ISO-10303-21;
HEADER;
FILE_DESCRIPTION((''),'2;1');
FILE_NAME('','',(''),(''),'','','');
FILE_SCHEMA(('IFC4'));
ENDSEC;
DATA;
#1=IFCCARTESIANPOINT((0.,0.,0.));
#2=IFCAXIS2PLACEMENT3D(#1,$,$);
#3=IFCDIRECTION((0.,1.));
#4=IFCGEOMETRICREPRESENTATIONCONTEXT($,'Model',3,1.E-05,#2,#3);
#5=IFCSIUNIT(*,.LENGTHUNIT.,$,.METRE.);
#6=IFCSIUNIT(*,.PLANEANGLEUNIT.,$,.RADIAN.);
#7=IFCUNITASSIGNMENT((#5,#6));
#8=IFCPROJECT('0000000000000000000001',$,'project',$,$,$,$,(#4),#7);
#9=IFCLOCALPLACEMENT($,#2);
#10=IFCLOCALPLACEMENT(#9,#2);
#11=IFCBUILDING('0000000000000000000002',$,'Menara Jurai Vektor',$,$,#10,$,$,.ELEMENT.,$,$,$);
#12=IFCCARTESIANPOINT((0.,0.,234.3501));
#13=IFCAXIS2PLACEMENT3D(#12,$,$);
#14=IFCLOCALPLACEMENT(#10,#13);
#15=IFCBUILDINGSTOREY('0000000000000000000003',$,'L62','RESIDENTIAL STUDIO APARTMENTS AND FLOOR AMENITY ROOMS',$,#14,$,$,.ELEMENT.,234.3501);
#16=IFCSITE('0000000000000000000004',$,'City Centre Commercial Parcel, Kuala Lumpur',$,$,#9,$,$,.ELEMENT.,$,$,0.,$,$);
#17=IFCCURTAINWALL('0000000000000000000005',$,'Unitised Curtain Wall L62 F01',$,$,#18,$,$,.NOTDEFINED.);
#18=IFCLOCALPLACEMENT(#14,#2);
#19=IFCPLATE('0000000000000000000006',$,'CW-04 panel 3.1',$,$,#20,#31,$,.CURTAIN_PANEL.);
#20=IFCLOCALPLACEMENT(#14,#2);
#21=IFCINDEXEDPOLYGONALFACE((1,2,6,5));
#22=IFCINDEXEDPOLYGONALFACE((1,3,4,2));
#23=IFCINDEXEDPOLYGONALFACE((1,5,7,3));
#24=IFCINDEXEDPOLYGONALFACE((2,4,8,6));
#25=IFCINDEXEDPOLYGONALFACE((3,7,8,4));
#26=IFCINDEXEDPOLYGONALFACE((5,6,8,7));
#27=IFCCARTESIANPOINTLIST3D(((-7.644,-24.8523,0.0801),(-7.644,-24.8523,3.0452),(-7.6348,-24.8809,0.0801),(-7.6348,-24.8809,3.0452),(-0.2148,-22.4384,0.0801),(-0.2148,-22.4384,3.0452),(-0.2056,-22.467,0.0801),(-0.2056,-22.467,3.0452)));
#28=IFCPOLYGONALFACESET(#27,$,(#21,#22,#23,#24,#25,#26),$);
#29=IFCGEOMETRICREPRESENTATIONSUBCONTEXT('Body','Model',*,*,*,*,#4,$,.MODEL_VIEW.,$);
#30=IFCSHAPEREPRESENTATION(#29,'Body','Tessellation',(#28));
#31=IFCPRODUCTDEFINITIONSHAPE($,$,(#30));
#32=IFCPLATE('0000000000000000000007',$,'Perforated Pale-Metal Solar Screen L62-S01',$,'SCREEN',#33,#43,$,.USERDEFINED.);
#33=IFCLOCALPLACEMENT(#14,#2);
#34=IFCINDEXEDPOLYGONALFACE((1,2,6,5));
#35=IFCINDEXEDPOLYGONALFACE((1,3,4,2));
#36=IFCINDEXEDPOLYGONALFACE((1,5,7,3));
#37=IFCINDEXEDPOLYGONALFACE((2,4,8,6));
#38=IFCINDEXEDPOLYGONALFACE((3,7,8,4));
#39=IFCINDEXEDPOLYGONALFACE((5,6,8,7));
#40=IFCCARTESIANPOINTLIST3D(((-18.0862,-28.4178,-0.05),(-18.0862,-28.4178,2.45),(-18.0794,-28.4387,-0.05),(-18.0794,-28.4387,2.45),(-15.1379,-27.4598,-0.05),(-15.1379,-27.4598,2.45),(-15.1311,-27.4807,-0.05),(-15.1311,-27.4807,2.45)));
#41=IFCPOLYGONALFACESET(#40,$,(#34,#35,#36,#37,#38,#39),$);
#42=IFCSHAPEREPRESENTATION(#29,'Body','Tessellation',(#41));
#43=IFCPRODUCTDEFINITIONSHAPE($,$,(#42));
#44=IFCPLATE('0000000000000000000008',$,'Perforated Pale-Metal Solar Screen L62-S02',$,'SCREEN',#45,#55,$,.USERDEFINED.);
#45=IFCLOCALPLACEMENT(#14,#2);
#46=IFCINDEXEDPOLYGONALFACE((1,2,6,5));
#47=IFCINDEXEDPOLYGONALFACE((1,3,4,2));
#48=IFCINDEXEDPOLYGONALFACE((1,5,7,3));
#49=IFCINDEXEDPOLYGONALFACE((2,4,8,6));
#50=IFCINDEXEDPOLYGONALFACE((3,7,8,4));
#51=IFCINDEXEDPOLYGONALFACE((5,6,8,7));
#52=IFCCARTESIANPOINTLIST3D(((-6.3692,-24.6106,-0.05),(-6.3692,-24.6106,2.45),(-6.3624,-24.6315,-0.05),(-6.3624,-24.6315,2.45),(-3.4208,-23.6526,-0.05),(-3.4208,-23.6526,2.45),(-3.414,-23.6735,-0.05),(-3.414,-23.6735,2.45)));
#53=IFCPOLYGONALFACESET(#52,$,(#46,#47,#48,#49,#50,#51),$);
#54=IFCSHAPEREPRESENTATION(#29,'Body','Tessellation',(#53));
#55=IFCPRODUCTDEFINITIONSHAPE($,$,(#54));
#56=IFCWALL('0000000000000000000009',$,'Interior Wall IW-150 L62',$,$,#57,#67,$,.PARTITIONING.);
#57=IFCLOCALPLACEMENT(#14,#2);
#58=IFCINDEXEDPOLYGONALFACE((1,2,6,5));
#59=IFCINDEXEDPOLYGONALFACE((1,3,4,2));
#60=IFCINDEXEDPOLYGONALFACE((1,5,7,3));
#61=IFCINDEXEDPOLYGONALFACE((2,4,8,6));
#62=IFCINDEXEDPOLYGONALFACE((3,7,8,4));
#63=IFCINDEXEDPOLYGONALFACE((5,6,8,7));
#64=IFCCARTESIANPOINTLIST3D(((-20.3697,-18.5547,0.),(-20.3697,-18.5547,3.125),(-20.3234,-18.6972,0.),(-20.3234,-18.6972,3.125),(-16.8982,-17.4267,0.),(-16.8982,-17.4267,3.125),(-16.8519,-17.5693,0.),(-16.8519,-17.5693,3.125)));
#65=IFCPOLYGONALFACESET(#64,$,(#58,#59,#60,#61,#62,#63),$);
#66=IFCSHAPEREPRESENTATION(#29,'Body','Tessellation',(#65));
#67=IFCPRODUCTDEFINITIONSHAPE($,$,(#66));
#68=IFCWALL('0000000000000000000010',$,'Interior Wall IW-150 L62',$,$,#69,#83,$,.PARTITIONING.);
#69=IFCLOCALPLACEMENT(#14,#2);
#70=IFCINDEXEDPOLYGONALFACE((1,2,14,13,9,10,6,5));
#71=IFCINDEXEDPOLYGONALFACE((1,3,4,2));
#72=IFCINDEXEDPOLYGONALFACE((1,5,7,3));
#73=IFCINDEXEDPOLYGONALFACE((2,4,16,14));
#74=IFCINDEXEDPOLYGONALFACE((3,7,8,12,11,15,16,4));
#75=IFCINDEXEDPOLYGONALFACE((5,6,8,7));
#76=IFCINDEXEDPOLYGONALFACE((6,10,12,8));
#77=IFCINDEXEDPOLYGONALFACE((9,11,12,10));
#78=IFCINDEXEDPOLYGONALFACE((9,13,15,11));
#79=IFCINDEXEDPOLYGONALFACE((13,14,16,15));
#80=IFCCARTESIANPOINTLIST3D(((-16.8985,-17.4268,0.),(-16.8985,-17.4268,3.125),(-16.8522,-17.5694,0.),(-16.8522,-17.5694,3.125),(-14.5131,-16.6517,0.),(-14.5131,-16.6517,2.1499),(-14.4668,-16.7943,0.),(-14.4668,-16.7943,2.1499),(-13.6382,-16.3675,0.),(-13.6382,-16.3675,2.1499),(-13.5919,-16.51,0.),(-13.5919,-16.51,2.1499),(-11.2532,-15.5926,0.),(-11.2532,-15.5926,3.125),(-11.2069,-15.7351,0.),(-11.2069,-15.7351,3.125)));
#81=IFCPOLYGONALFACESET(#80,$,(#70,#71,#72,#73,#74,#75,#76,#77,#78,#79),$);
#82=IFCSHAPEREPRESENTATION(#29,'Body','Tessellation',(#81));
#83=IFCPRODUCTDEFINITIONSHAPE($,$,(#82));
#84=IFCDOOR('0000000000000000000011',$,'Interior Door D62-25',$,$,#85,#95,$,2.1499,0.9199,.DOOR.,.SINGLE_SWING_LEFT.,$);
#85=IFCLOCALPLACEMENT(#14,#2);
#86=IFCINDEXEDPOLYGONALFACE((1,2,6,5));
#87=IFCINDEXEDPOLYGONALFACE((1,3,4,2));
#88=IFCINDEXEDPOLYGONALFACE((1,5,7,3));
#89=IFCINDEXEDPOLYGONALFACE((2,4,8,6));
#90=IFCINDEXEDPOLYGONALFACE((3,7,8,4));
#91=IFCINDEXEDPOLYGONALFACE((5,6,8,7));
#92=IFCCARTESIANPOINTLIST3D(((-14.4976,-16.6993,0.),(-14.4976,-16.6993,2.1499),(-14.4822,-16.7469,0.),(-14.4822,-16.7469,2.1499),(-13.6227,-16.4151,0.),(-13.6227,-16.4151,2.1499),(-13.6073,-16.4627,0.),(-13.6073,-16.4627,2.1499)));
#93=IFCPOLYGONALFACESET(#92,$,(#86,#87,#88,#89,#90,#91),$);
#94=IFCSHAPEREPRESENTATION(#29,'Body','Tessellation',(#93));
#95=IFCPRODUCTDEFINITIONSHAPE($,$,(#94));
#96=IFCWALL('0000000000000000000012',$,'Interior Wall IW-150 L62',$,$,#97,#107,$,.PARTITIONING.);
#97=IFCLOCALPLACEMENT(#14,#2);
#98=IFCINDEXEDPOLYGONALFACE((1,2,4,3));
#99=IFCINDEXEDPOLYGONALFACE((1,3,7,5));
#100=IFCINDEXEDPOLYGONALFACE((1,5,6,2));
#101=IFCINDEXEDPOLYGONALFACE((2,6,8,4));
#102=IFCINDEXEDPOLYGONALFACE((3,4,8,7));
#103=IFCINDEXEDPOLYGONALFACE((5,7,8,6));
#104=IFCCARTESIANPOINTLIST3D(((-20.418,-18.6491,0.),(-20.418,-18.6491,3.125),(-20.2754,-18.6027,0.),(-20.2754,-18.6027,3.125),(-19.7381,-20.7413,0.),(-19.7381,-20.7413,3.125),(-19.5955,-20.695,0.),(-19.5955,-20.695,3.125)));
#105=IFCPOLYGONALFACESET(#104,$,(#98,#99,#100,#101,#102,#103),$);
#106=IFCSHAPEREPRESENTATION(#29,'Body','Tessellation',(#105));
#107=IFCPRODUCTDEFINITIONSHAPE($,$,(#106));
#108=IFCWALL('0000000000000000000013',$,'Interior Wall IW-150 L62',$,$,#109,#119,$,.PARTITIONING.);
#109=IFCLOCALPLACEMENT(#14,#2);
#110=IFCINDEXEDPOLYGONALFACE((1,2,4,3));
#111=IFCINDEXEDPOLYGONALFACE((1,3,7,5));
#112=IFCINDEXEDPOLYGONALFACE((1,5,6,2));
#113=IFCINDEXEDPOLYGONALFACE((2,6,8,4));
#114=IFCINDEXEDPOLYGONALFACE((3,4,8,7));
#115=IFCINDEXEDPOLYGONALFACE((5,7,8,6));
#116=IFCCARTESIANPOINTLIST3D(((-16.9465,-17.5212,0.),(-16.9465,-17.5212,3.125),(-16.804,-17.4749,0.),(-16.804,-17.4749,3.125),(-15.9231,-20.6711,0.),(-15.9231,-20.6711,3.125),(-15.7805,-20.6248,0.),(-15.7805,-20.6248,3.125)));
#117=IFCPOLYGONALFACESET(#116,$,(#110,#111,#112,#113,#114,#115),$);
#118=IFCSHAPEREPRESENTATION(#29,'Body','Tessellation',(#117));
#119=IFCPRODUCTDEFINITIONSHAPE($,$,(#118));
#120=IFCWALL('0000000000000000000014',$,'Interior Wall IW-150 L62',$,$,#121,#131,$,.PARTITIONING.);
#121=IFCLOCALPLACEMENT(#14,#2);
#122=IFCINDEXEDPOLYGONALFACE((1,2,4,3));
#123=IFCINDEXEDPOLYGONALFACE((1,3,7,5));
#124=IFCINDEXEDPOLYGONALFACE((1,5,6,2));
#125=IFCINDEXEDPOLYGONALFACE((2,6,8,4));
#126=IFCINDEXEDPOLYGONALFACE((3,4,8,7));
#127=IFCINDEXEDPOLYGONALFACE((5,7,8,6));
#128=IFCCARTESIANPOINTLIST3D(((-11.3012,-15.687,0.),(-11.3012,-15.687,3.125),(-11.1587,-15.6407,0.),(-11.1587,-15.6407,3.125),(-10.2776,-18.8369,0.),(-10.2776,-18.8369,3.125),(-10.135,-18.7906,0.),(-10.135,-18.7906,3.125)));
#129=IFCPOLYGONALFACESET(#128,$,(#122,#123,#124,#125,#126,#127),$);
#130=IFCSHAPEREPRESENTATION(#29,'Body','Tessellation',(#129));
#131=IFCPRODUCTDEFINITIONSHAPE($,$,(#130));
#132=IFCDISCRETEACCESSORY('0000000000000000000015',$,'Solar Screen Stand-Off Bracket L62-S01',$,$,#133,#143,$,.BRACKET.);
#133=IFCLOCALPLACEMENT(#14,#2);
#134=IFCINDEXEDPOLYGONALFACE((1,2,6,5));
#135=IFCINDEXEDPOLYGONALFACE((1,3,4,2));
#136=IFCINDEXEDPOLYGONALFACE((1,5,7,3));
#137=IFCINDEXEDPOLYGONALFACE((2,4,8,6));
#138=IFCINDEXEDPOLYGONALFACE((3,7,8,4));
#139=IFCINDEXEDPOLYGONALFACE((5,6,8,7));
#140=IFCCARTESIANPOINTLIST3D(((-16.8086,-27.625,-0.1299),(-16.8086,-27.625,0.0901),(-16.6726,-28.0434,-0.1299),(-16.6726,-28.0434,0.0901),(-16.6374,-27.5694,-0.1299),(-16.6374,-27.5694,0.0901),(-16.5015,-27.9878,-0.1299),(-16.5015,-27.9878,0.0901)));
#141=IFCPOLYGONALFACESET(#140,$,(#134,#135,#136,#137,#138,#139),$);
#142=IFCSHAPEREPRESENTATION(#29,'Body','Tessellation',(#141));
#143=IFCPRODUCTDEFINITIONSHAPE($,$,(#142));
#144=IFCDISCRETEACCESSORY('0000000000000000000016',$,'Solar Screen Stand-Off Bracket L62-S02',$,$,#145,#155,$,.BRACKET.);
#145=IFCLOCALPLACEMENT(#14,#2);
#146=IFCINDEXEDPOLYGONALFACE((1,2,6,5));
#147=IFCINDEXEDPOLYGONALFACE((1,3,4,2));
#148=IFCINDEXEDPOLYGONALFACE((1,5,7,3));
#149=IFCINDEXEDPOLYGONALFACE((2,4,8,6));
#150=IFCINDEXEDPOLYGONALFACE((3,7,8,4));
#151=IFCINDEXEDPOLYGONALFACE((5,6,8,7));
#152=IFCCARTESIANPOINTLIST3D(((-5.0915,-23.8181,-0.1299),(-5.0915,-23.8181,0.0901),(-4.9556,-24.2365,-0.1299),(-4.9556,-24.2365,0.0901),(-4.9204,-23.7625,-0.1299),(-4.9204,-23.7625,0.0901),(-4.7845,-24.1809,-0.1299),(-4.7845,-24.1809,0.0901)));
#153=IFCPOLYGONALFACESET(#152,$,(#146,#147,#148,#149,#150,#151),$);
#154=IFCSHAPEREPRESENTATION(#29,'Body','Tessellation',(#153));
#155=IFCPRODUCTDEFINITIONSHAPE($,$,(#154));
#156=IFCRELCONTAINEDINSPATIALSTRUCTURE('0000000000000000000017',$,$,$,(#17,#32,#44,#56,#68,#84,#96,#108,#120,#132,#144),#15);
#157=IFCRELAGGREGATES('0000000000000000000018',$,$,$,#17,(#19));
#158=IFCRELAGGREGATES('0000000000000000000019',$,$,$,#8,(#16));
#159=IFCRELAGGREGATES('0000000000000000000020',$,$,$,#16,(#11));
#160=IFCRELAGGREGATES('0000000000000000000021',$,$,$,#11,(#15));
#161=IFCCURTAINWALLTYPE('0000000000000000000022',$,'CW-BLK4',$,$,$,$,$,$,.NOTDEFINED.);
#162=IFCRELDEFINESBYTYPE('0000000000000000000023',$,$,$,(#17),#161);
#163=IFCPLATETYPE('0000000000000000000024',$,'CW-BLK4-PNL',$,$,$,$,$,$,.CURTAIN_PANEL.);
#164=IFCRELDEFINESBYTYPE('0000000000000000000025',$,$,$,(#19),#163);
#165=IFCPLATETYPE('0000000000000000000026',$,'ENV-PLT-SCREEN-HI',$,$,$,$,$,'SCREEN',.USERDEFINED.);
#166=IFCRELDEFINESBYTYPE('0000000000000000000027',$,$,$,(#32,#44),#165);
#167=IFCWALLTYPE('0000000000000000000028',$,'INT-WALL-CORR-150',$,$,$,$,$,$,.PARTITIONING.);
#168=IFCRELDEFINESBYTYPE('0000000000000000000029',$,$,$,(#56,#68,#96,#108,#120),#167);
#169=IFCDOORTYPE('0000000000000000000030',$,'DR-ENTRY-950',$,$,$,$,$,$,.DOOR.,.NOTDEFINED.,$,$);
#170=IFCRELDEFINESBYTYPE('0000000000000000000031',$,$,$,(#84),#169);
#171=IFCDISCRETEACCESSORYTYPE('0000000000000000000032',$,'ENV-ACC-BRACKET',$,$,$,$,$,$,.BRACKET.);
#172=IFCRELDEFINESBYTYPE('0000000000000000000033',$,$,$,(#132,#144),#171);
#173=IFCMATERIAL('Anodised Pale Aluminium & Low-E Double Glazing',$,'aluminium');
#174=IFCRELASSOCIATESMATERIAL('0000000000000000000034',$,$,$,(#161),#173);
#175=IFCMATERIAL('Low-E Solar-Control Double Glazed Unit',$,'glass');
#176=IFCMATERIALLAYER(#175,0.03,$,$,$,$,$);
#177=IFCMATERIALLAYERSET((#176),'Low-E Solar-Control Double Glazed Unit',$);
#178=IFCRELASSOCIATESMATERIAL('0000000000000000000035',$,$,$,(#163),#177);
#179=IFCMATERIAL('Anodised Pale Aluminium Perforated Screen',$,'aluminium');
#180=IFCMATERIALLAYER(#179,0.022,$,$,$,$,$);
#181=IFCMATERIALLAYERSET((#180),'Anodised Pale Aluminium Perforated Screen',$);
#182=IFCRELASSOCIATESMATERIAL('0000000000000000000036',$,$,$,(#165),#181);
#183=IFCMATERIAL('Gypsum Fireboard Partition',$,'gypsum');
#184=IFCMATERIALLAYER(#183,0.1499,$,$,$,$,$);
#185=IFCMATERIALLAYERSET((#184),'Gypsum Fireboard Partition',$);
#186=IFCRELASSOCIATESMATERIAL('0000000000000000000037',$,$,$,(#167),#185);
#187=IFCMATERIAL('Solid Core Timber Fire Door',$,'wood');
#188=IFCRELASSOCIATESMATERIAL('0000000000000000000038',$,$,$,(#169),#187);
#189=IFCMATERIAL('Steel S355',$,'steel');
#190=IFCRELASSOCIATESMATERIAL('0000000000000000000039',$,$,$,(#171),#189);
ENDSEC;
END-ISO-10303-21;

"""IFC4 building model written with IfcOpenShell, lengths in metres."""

from ifc_helpers import new_model, si_unit, direction, frame, frame_2d, origin, origin_2d, place, context, subcontext, project, spatial, rectangle, extrude, material, layer, layer_set, type_object, element, fill, aggregate, save


model = new_model("IFC4")

# Units and contexts
model_context = context("Model", 3, precision=1e-05, world=origin(), true_north=direction((0.0, 1.0)))
body_context = subcontext(model_context, "Body", "Model", "MODEL_VIEW")
ifc_project = project(units=[si_unit("LENGTHUNIT", "METRE"), si_unit("PLANEANGLEUNIT", "RADIAN")], contexts=[model_context])

# Site, building, storey
site_placement = place(None, origin())
site = spatial("IfcSite", under=ifc_project, at=site_placement, Name="City Centre Commercial Parcel, Kuala Lumpur", CompositionType="ELEMENT", RefElevation=0.0)
building_placement = place(site_placement, origin())
building = spatial("IfcBuilding", under=site, at=building_placement, Name="Menara Jurai Vektor", CompositionType="ELEMENT")
storey_placement = place(building_placement, frame((0.0, 0.0, 234.3501)))
storey = spatial("IfcBuildingStorey", under=building, at=storey_placement, Name="L62", Description="RESIDENTIAL STUDIO APARTMENTS AND FLOOR AMENITY ROOMS", CompositionType="ELEMENT", Elevation=234.3501)

# Curtain wall
ifc_material_1 = material(Name="Anodised Pale Aluminium & Low-E Double Glazing", Category="aluminium")
curtain_wall_type = type_object("IfcCurtainWallType", Name="CW-BLK4", PredefinedType="NOTDEFINED", material=ifc_material_1)
curtain_wall_placement = place(storey_placement, origin())
curtain_wall = element("IfcCurtainWall", 1, at=curtain_wall_placement, inside=storey, type_object=curtain_wall_type, Name="Unitised Curtain Wall L62 F01", PredefinedType="NOTDEFINED")

# Shared definitions
ifc_material_2 = material(Name="Steel S355", Category="steel")

# Plate
ifc_material_3 = material(Name="Low-E Solar-Control Double Glazed Unit", Category="glass")
ifc_layer_1 = layer(ifc_material_3, 0.03)
ifc_layer_set_1 = layer_set([ifc_layer_1], Name="Low-E Solar-Control Double Glazed Unit")
plate_type_1 = type_object("IfcPlateType", Name="CW-BLK4-PNL", PredefinedType="CURTAIN_PANEL", material=ifc_layer_set_1)
plate_1_placement = place(storey_placement, frame((-3.9248, -23.6597, 0.0801), z_axis=(0.0, 0.0, 1.0), x_axis=(0.951056, 0.309017, 0.0)))
plate_1 = element("IfcPlate", 2, at=plate_1_placement, type_object=plate_type_1, Name="CW-04 panel 3.1", PredefinedType="CURTAIN_PANEL", context=body_context, shape_type="SweptSolid", body=[
    extrude(rectangle(XDim=7.8115, YDim=0.03, at=origin_2d()), origin(), (0.0, 0.0, 1.0), 2.9651),
])
aggregate(curtain_wall, [plate_1])

# Plates
ifc_material_4 = material(Name="Anodised Pale Aluminium Perforated Screen", Category="aluminium")
ifc_layer_2 = layer(ifc_material_4, 0.022)
ifc_layer_set_2 = layer_set([ifc_layer_2], Name="Anodised Pale Aluminium Perforated Screen")
plate_type_2 = type_object("IfcPlateType", Name="ENV-PLT-SCREEN-HI", ElementType="SCREEN", PredefinedType="USERDEFINED", material=ifc_layer_set_2)
for number, where, z_axis, x_axis, name in (
    (3, (-16.6086, -27.9492, -0.05), (0.0, 0.0, 1.0), (0.951057, 0.309017, 0.0), "Perforated Pale-Metal Solar Screen L62-S01"),
    (4, (-4.8916, -24.1421, -0.05), (0.0, 0.0, 1.0), (0.951057, 0.309017, 0.0), "Perforated Pale-Metal Solar Screen L62-S02"),
):
    element("IfcPlate", number, at=place(storey_placement, frame(where, z_axis=z_axis, x_axis=x_axis)), inside=storey, type_object=plate_type_2, Name=name, ObjectType="SCREEN", PredefinedType="USERDEFINED", context=body_context, shape_type="SweptSolid", body=[
        extrude(rectangle(XDim=3.1001, YDim=0.022, at=origin_2d()), origin(), (0.0, 0.0, 1.0), 2.5),
    ])

# Wall
ifc_material_5 = material(Name="Gypsum Fireboard Partition", Category="gypsum")
ifc_layer_3 = layer(ifc_material_5, 0.1499)
ifc_layer_set_3 = layer_set([ifc_layer_3], Name="Gypsum Fireboard Partition")
wall_type = type_object("IfcWallType", Name="INT-WALL-CORR-150", PredefinedType="PARTITIONING", material=ifc_layer_set_3)
wall_1_placement = place(storey_placement, frame((-20.3467, -18.626, 0.0), z_axis=(0.0, 0.0, 1.0), x_axis=(0.951057, 0.309015, 0.0)))
element("IfcWall", 5, at=wall_1_placement, inside=storey, type_object=wall_type, Name="Interior Wall IW-150 L62", PredefinedType="PARTITIONING", context=body_context, shape_type="SweptSolid", body=[
    extrude(rectangle(XDim=3.6501, YDim=0.1499, at=frame_2d((1.8252, 0.0))), origin(), (0.0, 0.0, 1.0), 3.125),
])

# Wall, opening, door
wall_2_placement = place(storey_placement, frame((-16.8752, -17.498, 0.0), z_axis=(0.0, 0.0, 1.0), x_axis=(0.951058, 0.309013, 0.0)))
wall_2 = element("IfcWall", 6, at=wall_2_placement, inside=storey, type_object=wall_type, Name="Interior Wall IW-150 L62", PredefinedType="PARTITIONING", context=body_context, shape_type="SweptSolid", body=[
    extrude(rectangle(XDim=5.9358, YDim=0.1499, at=frame_2d((2.9678, 0.0))), origin(), (0.0, 0.0, 1.0), 3.125),
])
opening_placement = place(wall_2_placement, frame((2.5081, 0.0, 0.0)))
opening = element("IfcOpeningElement", 7, at=opening_placement, cuts=wall_2, PredefinedType="OPENING", context=body_context, shape_type="SweptSolid", body=[
    extrude(rectangle(XDim=0.9199, YDim=2.1499, at=frame_2d((0.46, 1.075))), frame((0.0, 0.085, 0.0), z_axis=(0.0, -1.0, 0.0), x_axis=(1.0, 0.0, 0.0)), (0.0, 0.0, 1.0), 0.1699),
])
ifc_material_6 = material(Name="Solid Core Timber Fire Door", Category="wood")
door_type = type_object("IfcDoorType", Name="DR-ENTRY-950", OperationType="NOTDEFINED", PredefinedType="DOOR", material=ifc_material_6)
door_placement = place(opening_placement, origin())
door = element("IfcDoor", 8, at=door_placement, inside=storey, type_object=door_type, Name="Interior Door D62-25", OperationType="SINGLE_SWING_LEFT", OverallHeight=2.1499, OverallWidth=0.9199, PredefinedType="DOOR", context=body_context, shape_type="SweptSolid", body=[
    extrude(rectangle(XDim=0.9199, YDim=2.1499, at=frame_2d((0.46, 1.075))), frame((0.0, 0.0249, 0.0), z_axis=(0.0, -1.0, 0.0), x_axis=(1.0, 0.0, 0.0)), (0.0, 0.0, 1.0), 0.05),
])
fill(opening, door)

# Walls
wall_3_placement = place(storey_placement, frame((-19.6667, -20.7183, 0.0), z_axis=(0.0, 0.0, 1.0), x_axis=(-0.309061, 0.951042, 0.0)))
element("IfcWall", 9, at=wall_3_placement, inside=storey, type_object=wall_type, Name="Interior Wall IW-150 L62", PredefinedType="PARTITIONING", context=body_context, shape_type="SweptSolid", body=[
    extrude(rectangle(XDim=2.2, YDim=0.1499, at=frame_2d((1.1001, 0.0))), origin(), (0.0, 0.0, 1.0), 3.125),
])
for number, where, z_axis, x_axis, name in (
    (10, (-15.8518, -20.6479, 0.0), (0.0, 0.0, 1.0), (-0.309009, 0.951059, 0.0), "Interior Wall IW-150 L62"),
    (11, (-10.2063, -18.8137, 0.0), (0.0, 0.0, 1.0), (-0.309076, 0.951037, 0.0), "Interior Wall IW-150 L62"),
):
    element("IfcWall", number, at=place(storey_placement, frame(where, z_axis=z_axis, x_axis=x_axis)), inside=storey, type_object=wall_type, Name=name, PredefinedType="PARTITIONING", context=body_context, shape_type="SweptSolid", body=[
        extrude(rectangle(XDim=3.312, YDim=0.1499, at=frame_2d((1.656, 0.0))), origin(), (0.0, 0.0, 1.0), 3.125),
    ])

# Discrete accessories
discrete_accessory_type = type_object("IfcDiscreteAccessoryType", Name="ENV-ACC-BRACKET", PredefinedType="BRACKET", material=ifc_material_2)
for number, where, z_axis, x_axis, name in (
    (12, (-16.655, -27.8064, -0.1299), (0.0, 0.0, 1.0), (0.951057, 0.309017, 0.0), "Solar Screen Stand-Off Bracket L62-S01"),
    (13, (-4.938, -23.9995, -0.1299), (0.0, 0.0, 1.0), (0.951057, 0.309017, 0.0), "Solar Screen Stand-Off Bracket L62-S02"),
):
    element("IfcDiscreteAccessory", number, at=place(storey_placement, frame(where, z_axis=z_axis, x_axis=x_axis)), inside=storey, type_object=discrete_accessory_type, Name=name, PredefinedType="BRACKET", context=body_context, shape_type="SweptSolid", body=[
        extrude(rectangle(XDim=0.1799, YDim=0.4399, at=origin_2d()), origin(), (0.0, 0.0, 1.0), 0.22),
    ])

save(model, "model.ifc")
